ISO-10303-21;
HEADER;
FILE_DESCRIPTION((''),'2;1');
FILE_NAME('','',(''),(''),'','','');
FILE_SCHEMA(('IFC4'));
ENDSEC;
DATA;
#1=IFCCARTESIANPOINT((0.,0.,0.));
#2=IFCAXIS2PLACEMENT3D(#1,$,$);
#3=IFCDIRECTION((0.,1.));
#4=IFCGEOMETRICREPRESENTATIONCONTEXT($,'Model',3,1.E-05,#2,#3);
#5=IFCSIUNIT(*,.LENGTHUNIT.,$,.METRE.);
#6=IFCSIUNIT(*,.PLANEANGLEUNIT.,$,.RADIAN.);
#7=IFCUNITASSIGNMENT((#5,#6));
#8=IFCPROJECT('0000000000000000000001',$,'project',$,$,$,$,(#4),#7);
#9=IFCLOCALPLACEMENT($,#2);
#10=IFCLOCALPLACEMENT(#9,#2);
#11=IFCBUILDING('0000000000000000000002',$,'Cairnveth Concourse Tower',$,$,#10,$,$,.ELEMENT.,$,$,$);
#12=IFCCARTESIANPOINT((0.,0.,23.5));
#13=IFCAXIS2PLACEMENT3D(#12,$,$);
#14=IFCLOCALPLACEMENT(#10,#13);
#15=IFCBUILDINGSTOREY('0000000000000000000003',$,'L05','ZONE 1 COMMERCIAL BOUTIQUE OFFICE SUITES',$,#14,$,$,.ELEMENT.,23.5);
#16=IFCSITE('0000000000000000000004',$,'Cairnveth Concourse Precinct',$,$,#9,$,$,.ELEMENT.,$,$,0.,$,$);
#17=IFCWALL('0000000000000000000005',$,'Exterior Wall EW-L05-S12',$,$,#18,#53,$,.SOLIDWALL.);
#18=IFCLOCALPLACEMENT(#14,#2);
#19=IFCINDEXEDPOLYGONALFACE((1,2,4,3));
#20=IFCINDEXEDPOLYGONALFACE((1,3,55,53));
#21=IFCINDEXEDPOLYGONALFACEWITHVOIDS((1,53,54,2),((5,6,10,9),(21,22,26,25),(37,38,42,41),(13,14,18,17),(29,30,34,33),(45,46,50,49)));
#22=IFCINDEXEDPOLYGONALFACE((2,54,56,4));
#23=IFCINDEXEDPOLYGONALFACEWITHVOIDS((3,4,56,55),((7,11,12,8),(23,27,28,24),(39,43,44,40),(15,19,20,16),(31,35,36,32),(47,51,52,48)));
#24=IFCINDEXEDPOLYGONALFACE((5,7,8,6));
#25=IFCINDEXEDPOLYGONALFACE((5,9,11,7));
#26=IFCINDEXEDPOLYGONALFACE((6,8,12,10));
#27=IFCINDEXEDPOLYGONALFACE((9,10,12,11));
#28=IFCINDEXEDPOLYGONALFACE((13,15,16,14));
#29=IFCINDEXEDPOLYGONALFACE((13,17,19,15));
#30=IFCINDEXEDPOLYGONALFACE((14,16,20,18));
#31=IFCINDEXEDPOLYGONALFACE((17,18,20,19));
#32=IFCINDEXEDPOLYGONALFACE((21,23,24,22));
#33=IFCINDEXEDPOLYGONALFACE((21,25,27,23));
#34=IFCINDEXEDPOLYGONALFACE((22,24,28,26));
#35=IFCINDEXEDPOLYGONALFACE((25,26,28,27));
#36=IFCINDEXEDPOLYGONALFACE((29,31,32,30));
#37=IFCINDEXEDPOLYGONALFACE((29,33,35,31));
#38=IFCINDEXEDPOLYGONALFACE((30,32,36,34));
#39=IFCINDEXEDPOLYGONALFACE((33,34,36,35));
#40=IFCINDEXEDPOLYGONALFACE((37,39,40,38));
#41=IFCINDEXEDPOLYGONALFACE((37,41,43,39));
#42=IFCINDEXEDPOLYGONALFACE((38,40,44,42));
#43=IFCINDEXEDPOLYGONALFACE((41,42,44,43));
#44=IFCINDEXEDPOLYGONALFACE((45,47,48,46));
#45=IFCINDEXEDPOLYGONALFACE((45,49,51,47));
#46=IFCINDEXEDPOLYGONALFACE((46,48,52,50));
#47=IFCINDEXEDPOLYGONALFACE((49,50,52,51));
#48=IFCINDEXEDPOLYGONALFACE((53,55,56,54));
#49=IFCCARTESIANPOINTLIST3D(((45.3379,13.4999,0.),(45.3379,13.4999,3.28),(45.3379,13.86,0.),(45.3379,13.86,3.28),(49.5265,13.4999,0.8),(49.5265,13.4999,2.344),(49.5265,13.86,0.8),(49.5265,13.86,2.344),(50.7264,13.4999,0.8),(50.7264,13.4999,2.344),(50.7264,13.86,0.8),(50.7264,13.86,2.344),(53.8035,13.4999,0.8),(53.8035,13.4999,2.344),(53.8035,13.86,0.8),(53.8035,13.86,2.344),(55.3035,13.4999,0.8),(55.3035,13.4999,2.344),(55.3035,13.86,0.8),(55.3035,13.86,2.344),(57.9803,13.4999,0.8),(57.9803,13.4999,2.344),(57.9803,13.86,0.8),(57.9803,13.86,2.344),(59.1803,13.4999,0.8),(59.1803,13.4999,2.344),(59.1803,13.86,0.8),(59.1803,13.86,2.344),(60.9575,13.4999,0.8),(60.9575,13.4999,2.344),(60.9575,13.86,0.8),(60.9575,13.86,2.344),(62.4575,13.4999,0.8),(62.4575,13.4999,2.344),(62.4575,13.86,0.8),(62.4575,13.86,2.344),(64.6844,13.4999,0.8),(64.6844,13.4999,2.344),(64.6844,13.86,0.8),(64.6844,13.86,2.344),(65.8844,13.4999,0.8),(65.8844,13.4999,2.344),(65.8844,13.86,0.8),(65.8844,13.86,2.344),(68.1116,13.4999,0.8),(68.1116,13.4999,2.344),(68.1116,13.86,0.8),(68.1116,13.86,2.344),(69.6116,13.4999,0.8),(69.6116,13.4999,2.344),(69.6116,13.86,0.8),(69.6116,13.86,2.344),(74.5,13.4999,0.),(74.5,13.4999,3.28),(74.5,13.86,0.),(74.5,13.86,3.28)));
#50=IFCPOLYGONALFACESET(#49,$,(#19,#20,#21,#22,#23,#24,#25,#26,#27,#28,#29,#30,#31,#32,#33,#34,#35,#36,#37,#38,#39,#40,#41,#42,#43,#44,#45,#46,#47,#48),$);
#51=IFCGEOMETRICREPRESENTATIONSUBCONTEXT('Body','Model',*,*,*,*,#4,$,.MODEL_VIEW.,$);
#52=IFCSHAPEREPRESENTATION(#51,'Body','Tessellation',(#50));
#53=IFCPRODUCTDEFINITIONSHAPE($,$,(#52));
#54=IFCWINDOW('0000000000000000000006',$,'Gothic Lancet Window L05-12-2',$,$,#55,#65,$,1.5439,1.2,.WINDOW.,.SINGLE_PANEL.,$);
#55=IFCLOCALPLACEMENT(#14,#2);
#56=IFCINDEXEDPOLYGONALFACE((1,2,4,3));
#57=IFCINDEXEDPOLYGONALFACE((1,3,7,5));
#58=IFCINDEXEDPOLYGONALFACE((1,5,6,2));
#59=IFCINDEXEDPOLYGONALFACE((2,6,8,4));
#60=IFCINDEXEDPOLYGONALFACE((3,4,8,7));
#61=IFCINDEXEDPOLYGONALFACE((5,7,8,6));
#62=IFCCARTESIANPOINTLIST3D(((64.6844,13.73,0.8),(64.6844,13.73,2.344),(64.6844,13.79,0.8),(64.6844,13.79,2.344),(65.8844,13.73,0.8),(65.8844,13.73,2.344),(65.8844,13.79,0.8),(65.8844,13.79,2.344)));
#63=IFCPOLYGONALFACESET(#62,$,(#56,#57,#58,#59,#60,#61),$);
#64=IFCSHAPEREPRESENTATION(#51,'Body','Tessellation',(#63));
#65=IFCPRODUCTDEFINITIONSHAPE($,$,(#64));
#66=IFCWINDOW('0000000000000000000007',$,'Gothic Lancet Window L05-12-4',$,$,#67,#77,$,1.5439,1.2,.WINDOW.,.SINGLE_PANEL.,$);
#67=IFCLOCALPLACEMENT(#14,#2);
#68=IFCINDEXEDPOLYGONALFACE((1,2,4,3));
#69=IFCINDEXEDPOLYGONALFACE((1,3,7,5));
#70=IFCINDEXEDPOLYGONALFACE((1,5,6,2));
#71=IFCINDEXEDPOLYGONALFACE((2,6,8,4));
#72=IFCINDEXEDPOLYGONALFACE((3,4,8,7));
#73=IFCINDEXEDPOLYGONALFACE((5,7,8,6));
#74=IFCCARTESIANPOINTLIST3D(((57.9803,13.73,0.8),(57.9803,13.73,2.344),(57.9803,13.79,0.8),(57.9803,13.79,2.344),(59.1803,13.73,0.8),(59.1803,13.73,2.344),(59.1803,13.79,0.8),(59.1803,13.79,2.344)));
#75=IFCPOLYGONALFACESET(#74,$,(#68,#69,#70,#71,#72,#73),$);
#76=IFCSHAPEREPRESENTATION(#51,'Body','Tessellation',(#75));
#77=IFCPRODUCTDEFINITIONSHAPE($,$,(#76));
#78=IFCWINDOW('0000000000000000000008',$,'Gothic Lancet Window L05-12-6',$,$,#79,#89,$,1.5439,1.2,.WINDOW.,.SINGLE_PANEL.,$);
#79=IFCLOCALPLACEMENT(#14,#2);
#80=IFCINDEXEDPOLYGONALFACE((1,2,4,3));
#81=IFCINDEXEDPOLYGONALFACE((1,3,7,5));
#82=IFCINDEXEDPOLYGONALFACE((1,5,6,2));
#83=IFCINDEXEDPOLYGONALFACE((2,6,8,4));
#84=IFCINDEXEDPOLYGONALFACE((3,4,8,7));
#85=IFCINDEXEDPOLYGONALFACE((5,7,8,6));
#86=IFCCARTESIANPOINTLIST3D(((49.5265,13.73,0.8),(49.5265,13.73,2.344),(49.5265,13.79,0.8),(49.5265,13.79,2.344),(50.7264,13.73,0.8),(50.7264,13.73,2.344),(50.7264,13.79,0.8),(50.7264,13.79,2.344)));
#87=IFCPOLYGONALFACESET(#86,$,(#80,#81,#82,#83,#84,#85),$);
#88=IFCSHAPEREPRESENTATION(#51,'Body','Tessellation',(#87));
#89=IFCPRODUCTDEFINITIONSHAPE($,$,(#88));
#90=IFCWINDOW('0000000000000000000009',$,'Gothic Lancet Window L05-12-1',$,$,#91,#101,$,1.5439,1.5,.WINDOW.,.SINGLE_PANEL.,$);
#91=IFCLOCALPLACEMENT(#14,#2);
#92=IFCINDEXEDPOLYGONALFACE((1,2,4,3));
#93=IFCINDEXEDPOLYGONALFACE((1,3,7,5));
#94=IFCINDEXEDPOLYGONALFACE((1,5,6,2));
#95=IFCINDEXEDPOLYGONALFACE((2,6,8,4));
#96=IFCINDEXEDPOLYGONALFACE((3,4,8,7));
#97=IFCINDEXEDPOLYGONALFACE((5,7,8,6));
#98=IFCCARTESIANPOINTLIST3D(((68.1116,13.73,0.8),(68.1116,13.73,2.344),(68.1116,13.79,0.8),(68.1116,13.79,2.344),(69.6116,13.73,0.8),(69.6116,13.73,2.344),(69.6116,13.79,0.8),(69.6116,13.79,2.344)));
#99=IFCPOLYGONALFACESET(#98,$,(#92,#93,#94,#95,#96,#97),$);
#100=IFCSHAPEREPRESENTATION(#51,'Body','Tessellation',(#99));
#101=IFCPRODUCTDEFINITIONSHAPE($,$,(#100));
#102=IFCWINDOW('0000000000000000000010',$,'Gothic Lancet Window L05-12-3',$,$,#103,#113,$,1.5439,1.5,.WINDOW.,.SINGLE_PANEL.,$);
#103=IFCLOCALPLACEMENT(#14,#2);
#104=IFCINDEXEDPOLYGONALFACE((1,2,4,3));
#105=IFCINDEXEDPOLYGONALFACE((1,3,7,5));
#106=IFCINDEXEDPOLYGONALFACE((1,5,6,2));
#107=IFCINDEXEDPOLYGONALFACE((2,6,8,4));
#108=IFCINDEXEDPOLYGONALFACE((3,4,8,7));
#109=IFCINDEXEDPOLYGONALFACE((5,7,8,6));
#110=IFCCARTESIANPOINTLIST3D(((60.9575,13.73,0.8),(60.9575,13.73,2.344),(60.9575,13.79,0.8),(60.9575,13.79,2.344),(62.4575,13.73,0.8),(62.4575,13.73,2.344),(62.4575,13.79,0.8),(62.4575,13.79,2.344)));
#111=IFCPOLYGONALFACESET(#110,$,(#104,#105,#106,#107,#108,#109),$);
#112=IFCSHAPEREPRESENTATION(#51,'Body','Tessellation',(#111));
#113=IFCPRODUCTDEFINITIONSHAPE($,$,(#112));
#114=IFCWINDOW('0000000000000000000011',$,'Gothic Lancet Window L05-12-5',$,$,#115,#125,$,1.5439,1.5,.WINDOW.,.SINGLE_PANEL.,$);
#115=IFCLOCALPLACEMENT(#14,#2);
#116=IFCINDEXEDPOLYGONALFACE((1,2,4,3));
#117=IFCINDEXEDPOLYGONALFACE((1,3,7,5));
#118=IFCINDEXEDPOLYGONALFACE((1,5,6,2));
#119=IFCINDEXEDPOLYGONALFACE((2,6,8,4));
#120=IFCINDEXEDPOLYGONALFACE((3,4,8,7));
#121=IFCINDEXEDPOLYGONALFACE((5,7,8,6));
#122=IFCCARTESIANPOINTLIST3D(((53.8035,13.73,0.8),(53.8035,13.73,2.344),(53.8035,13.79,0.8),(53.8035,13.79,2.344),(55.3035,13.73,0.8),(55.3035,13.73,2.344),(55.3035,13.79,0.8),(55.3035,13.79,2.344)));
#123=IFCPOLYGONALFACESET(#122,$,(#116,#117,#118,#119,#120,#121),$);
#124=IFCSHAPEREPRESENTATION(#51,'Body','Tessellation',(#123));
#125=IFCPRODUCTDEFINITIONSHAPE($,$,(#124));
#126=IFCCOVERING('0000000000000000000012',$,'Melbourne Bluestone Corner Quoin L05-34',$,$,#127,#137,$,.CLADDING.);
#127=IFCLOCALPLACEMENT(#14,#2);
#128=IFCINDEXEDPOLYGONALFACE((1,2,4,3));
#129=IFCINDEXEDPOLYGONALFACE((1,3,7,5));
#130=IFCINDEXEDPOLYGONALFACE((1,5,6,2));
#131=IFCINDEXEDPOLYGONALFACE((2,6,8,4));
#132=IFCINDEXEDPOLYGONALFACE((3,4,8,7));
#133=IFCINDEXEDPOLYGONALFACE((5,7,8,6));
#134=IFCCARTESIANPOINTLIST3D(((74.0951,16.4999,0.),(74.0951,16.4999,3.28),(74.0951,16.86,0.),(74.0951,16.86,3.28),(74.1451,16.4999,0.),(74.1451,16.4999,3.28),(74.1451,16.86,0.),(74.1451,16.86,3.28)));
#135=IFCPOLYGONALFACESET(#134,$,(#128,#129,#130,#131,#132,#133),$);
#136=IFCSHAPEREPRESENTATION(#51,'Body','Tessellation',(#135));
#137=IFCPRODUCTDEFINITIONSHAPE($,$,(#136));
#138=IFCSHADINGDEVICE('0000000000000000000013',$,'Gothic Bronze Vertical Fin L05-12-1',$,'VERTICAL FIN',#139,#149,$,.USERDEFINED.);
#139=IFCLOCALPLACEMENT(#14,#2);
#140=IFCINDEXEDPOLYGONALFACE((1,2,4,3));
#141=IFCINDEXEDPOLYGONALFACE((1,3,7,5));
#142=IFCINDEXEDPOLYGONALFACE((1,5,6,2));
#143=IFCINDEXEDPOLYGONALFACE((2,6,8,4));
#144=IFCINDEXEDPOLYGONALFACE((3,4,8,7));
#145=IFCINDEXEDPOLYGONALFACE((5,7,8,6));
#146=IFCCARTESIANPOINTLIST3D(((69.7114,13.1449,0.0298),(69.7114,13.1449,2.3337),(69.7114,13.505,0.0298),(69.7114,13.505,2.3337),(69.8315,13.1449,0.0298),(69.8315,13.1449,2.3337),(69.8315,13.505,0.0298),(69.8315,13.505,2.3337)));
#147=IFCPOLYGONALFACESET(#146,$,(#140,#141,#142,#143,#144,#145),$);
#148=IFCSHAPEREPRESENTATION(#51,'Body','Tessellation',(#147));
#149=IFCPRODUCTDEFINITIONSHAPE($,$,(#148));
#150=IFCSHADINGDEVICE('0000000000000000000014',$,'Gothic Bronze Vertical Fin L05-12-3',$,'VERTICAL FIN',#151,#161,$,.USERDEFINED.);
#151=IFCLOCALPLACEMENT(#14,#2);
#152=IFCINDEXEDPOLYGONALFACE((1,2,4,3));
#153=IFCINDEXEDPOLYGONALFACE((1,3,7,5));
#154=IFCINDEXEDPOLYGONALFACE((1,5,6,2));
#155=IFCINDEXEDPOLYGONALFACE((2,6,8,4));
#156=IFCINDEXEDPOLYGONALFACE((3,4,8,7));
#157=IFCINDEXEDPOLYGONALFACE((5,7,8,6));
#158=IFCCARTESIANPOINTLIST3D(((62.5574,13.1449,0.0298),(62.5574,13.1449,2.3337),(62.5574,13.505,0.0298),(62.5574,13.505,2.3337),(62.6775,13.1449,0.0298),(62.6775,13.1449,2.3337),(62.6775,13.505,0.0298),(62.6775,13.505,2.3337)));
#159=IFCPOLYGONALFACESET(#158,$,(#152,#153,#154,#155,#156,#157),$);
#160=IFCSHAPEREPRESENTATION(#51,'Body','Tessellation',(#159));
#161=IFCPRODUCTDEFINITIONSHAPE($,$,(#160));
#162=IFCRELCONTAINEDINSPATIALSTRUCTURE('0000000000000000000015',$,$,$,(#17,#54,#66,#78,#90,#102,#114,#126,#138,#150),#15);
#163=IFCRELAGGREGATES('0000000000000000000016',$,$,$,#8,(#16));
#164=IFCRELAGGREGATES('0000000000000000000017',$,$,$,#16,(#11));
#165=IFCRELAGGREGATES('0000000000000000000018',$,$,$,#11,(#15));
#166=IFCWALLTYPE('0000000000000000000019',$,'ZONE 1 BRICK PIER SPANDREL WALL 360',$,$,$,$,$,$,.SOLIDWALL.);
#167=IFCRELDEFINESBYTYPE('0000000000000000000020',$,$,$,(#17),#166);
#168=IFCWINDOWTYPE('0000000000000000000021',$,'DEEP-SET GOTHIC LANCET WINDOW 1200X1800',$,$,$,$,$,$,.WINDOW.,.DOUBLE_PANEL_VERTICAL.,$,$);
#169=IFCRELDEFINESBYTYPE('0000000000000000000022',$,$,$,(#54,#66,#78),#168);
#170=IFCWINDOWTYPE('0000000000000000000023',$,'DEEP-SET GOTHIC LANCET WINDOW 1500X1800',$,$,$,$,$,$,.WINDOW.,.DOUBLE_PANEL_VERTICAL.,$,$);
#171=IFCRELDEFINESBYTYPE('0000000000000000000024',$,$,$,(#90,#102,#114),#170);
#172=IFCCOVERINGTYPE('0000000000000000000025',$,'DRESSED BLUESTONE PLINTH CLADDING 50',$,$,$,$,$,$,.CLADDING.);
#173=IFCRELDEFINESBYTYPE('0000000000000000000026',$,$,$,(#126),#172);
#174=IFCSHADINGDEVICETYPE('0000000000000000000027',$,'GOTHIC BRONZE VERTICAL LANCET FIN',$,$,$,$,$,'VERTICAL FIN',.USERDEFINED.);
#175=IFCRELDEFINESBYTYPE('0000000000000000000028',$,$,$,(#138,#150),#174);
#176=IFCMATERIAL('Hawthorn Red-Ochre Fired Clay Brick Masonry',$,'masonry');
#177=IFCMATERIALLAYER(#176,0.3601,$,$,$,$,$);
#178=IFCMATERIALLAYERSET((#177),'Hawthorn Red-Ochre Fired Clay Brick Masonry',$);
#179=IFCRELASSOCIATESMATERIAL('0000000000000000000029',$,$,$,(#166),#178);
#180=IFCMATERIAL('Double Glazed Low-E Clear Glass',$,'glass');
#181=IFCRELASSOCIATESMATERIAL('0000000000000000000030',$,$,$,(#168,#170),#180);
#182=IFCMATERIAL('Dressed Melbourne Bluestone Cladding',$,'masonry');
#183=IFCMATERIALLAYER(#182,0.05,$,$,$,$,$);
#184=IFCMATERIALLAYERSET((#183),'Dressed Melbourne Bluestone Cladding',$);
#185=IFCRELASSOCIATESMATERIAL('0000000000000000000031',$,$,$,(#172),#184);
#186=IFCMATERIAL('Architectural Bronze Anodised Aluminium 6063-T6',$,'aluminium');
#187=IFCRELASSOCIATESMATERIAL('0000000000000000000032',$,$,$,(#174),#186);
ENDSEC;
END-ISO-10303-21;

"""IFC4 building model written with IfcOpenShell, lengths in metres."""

from ifc_helpers import new_model, si_unit, direction, frame, frame_2d, origin, origin_2d, place, context, subcontext, project, spatial, rectangle, extrude, material, layer, layer_set, type_object, element, fill, save


model = new_model("IFC4")

# Units and contexts
model_context = context("Model", 3, precision=1e-05, world=origin(), true_north=direction((0.0, 1.0)))
body_context = subcontext(model_context, "Body", "Model", "MODEL_VIEW")
ifc_project = project(units=[si_unit("LENGTHUNIT", "METRE"), si_unit("PLANEANGLEUNIT", "RADIAN")], contexts=[model_context])

# Site, building, storey
site_placement = place(None, origin())
site = spatial("IfcSite", under=ifc_project, at=site_placement, Name="Cairnveth Concourse Precinct", CompositionType="ELEMENT", RefElevation=0.0)
building_placement = place(site_placement, origin())
building = spatial("IfcBuilding", under=site, at=building_placement, Name="Cairnveth Concourse Tower", CompositionType="ELEMENT")
storey_placement = place(building_placement, frame((0.0, 0.0, 23.5)))
storey = spatial("IfcBuildingStorey", under=building, at=storey_placement, Name="L05", Description="ZONE 1 COMMERCIAL BOUTIQUE OFFICE SUITES", CompositionType="ELEMENT", Elevation=23.5)

# Shared definitions
ifc_material_1 = material(Name="Hawthorn Red-Ochre Fired Clay Brick Masonry", Category="masonry")
ifc_layer_1 = layer(ifc_material_1, 0.3601)
ifc_layer_set_1 = layer_set([ifc_layer_1], Name="Hawthorn Red-Ochre Fired Clay Brick Masonry")
wall_type_1 = type_object("IfcWallType", Name="ZONE 1 BRICK PIER SPANDREL WALL 360", PredefinedType="SOLIDWALL", material=ifc_layer_set_1)

# Wall, openings, windows
wall_1_placement = place(storey_placement, frame((74.5, 13.6799, 0.0), z_axis=(0.0, 0.0, 1.0), x_axis=(-1.0, 0.0, 0.0)))
wall_1 = element("IfcWall", 1, at=wall_1_placement, inside=storey, type_object=wall_type_1, Name="Exterior Wall EW-L05-S12", PredefinedType="SOLIDWALL", context=body_context, shape_type="SweptSolid", body=[
    extrude(rectangle(XDim=29.1621, YDim=0.3601, at=frame_2d((14.5811, 0.0))), origin(), (0.0, 0.0, 1.0), 3.28),
])
opening_1_placement = place(wall_1_placement, frame((4.8884, 0.0, 0.8)))
opening_1 = element("IfcOpeningElement", 2, at=opening_1_placement, cuts=wall_1, PredefinedType="OPENING", context=body_context, shape_type="SweptSolid", body=[
    extrude(rectangle(XDim=1.5, YDim=1.5439, at=frame_2d((0.75, 0.772))), frame((0.0, 0.1899, 0.0), z_axis=(0.0, -1.0, 0.0), x_axis=(1.0, 0.0, 0.0)), (0.0, 0.0, 1.0), 0.3801),
])
opening_2_placement = place(wall_1_placement, frame((8.6155, 0.0, 0.8)))
opening_2 = element("IfcOpeningElement", 3, at=opening_2_placement, cuts=wall_1, PredefinedType="OPENING", context=body_context, shape_type="SweptSolid", body=[
    extrude(rectangle(XDim=1.2, YDim=1.5439, at=frame_2d((0.6001, 0.772))), frame((0.0, 0.1899, 0.0), z_axis=(0.0, -1.0, 0.0), x_axis=(1.0, 0.0, 0.0)), (0.0, 0.0, 1.0), 0.3801),
])
opening_3_placement = place(wall_1_placement, frame((12.0425, 0.0, 0.8)))
opening_3 = element("IfcOpeningElement", 4, at=opening_3_placement, cuts=wall_1, PredefinedType="OPENING", context=body_context, shape_type="SweptSolid", body=[
    extrude(rectangle(XDim=1.5, YDim=1.5439, at=frame_2d((0.75, 0.772))), frame((0.0, 0.1899, 0.0), z_axis=(0.0, -1.0, 0.0), x_axis=(1.0, 0.0, 0.0)), (0.0, 0.0, 1.0), 0.3801),
])
opening_4_placement = place(wall_1_placement, frame((15.3196, 0.0, 0.8)))
opening_4 = element("IfcOpeningElement", 5, at=opening_4_placement, cuts=wall_1, PredefinedType="OPENING", context=body_context, shape_type="SweptSolid", body=[
    extrude(rectangle(XDim=1.2, YDim=1.5439, at=frame_2d((0.6001, 0.772))), frame((0.0, 0.1899, 0.0), z_axis=(0.0, -1.0, 0.0), x_axis=(1.0, 0.0, 0.0)), (0.0, 0.0, 1.0), 0.3801),
])
opening_5_placement = place(wall_1_placement, frame((19.1965, 0.0, 0.8)))
opening_5 = element("IfcOpeningElement", 6, at=opening_5_placement, cuts=wall_1, PredefinedType="OPENING", context=body_context, shape_type="SweptSolid", body=[
    extrude(rectangle(XDim=1.5, YDim=1.5439, at=frame_2d((0.75, 0.772))), frame((0.0, 0.1899, 0.0), z_axis=(0.0, -1.0, 0.0), x_axis=(1.0, 0.0, 0.0)), (0.0, 0.0, 1.0), 0.3801),
])
opening_6_placement = place(wall_1_placement, frame((23.7734, 0.0, 0.8)))
opening_6 = element("IfcOpeningElement", 7, at=opening_6_placement, cuts=wall_1, PredefinedType="OPENING", context=body_context, shape_type="SweptSolid", body=[
    extrude(rectangle(XDim=1.2, YDim=1.5439, at=frame_2d((0.6001, 0.772))), frame((0.0, 0.1899, 0.0), z_axis=(0.0, -1.0, 0.0), x_axis=(1.0, 0.0, 0.0)), (0.0, 0.0, 1.0), 0.3801),
])
ifc_material_2 = material(Name="Double Glazed Low-E Clear Glass", Category="glass")
window_type_1 = type_object("IfcWindowType", Name="DEEP-SET GOTHIC LANCET WINDOW 1200X1800", PartitioningType="DOUBLE_PANEL_VERTICAL", PredefinedType="WINDOW", material=ifc_material_2)
window_1_placement = place(opening_2_placement, origin())
window_1 = element("IfcWindow", 8, at=window_1_placement, inside=storey, type_object=window_type_1, Name="Gothic Lancet Window L05-12-2", OverallHeight=1.5439, OverallWidth=1.2, PartitioningType="SINGLE_PANEL", PredefinedType="WINDOW", context=body_context, shape_type="SweptSolid", body=[
    extrude(rectangle(XDim=1.2, YDim=1.5439, at=frame_2d((0.6001, 0.772))), frame((0.0, -0.05, 0.0), z_axis=(0.0, -1.0, 0.0), x_axis=(1.0, 0.0, 0.0)), (0.0, 0.0, 1.0), 0.0601),
])
fill(opening_2, window_1)
window_2_placement = place(opening_4_placement, origin())
window_2 = element("IfcWindow", 9, at=window_2_placement, inside=storey, type_object=window_type_1, Name="Gothic Lancet Window L05-12-4", OverallHeight=1.5439, OverallWidth=1.2, PartitioningType="SINGLE_PANEL", PredefinedType="WINDOW", context=body_context, shape_type="SweptSolid", body=[
    extrude(rectangle(XDim=1.2, YDim=1.5439, at=frame_2d((0.6001, 0.772))), frame((0.0, -0.05, 0.0), z_axis=(0.0, -1.0, 0.0), x_axis=(1.0, 0.0, 0.0)), (0.0, 0.0, 1.0), 0.0601),
])
fill(opening_4, window_2)
window_3_placement = place(opening_6_placement, origin())
window_3 = element("IfcWindow", 10, at=window_3_placement, inside=storey, type_object=window_type_1, Name="Gothic Lancet Window L05-12-6", OverallHeight=1.5439, OverallWidth=1.2, PartitioningType="SINGLE_PANEL", PredefinedType="WINDOW", context=body_context, shape_type="SweptSolid", body=[
    extrude(rectangle(XDim=1.2, YDim=1.5439, at=frame_2d((0.6001, 0.772))), frame((0.0, -0.05, 0.0), z_axis=(0.0, -1.0, 0.0), x_axis=(1.0, 0.0, 0.0)), (0.0, 0.0, 1.0), 0.0601),
])
fill(opening_6, window_3)
window_type_2 = type_object("IfcWindowType", Name="DEEP-SET GOTHIC LANCET WINDOW 1500X1800", PartitioningType="DOUBLE_PANEL_VERTICAL", PredefinedType="WINDOW", material=ifc_material_2)
window_4_placement = place(opening_1_placement, origin())
window_4 = element("IfcWindow", 11, at=window_4_placement, inside=storey, type_object=window_type_2, Name="Gothic Lancet Window L05-12-1", OverallHeight=1.5439, OverallWidth=1.5, PartitioningType="SINGLE_PANEL", PredefinedType="WINDOW", context=body_context, shape_type="SweptSolid", body=[
    extrude(rectangle(XDim=1.5, YDim=1.5439, at=frame_2d((0.75, 0.772))), frame((0.0, -0.05, 0.0), z_axis=(0.0, -1.0, 0.0), x_axis=(1.0, 0.0, 0.0)), (0.0, 0.0, 1.0), 0.0601),
])
fill(opening_1, window_4)
window_5_placement = place(opening_3_placement, origin())
window_5 = element("IfcWindow", 12, at=window_5_placement, inside=storey, type_object=window_type_2, Name="Gothic Lancet Window L05-12-3", OverallHeight=1.5439, OverallWidth=1.5, PartitioningType="SINGLE_PANEL", PredefinedType="WINDOW", context=body_context, shape_type="SweptSolid", body=[
    extrude(rectangle(XDim=1.5, YDim=1.5439, at=frame_2d((0.75, 0.772))), frame((0.0, -0.05, 0.0), z_axis=(0.0, -1.0, 0.0), x_axis=(1.0, 0.0, 0.0)), (0.0, 0.0, 1.0), 0.0601),
])
fill(opening_3, window_5)
window_6_placement = place(opening_5_placement, origin())
window_6 = element("IfcWindow", 13, at=window_6_placement, inside=storey, type_object=window_type_2, Name="Gothic Lancet Window L05-12-5", OverallHeight=1.5439, OverallWidth=1.5, PartitioningType="SINGLE_PANEL", PredefinedType="WINDOW", context=body_context, shape_type="SweptSolid", body=[
    extrude(rectangle(XDim=1.5, YDim=1.5439, at=frame_2d((0.75, 0.772))), frame((0.0, -0.05, 0.0), z_axis=(0.0, -1.0, 0.0), x_axis=(1.0, 0.0, 0.0)), (0.0, 0.0, 1.0), 0.0601),
])
fill(opening_5, window_6)

# Covering
ifc_material_3 = material(Name="Dressed Melbourne Bluestone Cladding", Category="masonry")
ifc_layer_2 = layer(ifc_material_3, 0.05)
ifc_layer_set_2 = layer_set([ifc_layer_2], Name="Dressed Melbourne Bluestone Cladding")
covering_type = type_object("IfcCoveringType", Name="DRESSED BLUESTONE PLINTH CLADDING 50", PredefinedType="CLADDING", material=ifc_layer_set_2)
covering_placement = place(storey_placement, frame((74.1201, 16.8601, 0.0), z_axis=(0.0, 0.0, 1.0), x_axis=(0.0, -1.0, 0.0)))
element("IfcCovering", 14, at=covering_placement, inside=storey, type_object=covering_type, Name="Melbourne Bluestone Corner Quoin L05-34", PredefinedType="CLADDING", context=body_context, shape_type="SweptSolid", body=[
    extrude(rectangle(XDim=0.3601, YDim=0.05, at=frame_2d((0.1802, 0.0))), origin(), (0.0, 0.0, 1.0), 3.28),
])

# Shading devices
ifc_material_4 = material(Name="Architectural Bronze Anodised Aluminium 6063-T6", Category="aluminium")
shading_device_type = type_object("IfcShadingDeviceType", Name="GOTHIC BRONZE VERTICAL LANCET FIN", ElementType="VERTICAL FIN", PredefinedType="USERDEFINED", material=ifc_material_4)
for number, where, z_axis, x_axis, name in (
    (15, (69.7715, 13.325, 0.0298), (0.0, 0.0, 1.0), (1.0, 0.0, 0.0), "Gothic Bronze Vertical Fin L05-12-1"),
    (16, (62.6174, 13.325, 0.0298), (0.0, 0.0, 1.0), (1.0, 0.0, 0.0), "Gothic Bronze Vertical Fin L05-12-3"),
):
    element("IfcShadingDevice", number, at=place(storey_placement, frame(where, z_axis=z_axis, x_axis=x_axis)), inside=storey, type_object=shading_device_type, Name=name, ObjectType="VERTICAL FIN", PredefinedType="USERDEFINED", context=body_context, shape_type="SweptSolid", body=[
        extrude(rectangle(XDim=0.1201, YDim=0.3601, at=origin_2d()), origin(), (0.0, 0.0, 1.0), 2.304),
    ])

save(model, "model.ifc")
